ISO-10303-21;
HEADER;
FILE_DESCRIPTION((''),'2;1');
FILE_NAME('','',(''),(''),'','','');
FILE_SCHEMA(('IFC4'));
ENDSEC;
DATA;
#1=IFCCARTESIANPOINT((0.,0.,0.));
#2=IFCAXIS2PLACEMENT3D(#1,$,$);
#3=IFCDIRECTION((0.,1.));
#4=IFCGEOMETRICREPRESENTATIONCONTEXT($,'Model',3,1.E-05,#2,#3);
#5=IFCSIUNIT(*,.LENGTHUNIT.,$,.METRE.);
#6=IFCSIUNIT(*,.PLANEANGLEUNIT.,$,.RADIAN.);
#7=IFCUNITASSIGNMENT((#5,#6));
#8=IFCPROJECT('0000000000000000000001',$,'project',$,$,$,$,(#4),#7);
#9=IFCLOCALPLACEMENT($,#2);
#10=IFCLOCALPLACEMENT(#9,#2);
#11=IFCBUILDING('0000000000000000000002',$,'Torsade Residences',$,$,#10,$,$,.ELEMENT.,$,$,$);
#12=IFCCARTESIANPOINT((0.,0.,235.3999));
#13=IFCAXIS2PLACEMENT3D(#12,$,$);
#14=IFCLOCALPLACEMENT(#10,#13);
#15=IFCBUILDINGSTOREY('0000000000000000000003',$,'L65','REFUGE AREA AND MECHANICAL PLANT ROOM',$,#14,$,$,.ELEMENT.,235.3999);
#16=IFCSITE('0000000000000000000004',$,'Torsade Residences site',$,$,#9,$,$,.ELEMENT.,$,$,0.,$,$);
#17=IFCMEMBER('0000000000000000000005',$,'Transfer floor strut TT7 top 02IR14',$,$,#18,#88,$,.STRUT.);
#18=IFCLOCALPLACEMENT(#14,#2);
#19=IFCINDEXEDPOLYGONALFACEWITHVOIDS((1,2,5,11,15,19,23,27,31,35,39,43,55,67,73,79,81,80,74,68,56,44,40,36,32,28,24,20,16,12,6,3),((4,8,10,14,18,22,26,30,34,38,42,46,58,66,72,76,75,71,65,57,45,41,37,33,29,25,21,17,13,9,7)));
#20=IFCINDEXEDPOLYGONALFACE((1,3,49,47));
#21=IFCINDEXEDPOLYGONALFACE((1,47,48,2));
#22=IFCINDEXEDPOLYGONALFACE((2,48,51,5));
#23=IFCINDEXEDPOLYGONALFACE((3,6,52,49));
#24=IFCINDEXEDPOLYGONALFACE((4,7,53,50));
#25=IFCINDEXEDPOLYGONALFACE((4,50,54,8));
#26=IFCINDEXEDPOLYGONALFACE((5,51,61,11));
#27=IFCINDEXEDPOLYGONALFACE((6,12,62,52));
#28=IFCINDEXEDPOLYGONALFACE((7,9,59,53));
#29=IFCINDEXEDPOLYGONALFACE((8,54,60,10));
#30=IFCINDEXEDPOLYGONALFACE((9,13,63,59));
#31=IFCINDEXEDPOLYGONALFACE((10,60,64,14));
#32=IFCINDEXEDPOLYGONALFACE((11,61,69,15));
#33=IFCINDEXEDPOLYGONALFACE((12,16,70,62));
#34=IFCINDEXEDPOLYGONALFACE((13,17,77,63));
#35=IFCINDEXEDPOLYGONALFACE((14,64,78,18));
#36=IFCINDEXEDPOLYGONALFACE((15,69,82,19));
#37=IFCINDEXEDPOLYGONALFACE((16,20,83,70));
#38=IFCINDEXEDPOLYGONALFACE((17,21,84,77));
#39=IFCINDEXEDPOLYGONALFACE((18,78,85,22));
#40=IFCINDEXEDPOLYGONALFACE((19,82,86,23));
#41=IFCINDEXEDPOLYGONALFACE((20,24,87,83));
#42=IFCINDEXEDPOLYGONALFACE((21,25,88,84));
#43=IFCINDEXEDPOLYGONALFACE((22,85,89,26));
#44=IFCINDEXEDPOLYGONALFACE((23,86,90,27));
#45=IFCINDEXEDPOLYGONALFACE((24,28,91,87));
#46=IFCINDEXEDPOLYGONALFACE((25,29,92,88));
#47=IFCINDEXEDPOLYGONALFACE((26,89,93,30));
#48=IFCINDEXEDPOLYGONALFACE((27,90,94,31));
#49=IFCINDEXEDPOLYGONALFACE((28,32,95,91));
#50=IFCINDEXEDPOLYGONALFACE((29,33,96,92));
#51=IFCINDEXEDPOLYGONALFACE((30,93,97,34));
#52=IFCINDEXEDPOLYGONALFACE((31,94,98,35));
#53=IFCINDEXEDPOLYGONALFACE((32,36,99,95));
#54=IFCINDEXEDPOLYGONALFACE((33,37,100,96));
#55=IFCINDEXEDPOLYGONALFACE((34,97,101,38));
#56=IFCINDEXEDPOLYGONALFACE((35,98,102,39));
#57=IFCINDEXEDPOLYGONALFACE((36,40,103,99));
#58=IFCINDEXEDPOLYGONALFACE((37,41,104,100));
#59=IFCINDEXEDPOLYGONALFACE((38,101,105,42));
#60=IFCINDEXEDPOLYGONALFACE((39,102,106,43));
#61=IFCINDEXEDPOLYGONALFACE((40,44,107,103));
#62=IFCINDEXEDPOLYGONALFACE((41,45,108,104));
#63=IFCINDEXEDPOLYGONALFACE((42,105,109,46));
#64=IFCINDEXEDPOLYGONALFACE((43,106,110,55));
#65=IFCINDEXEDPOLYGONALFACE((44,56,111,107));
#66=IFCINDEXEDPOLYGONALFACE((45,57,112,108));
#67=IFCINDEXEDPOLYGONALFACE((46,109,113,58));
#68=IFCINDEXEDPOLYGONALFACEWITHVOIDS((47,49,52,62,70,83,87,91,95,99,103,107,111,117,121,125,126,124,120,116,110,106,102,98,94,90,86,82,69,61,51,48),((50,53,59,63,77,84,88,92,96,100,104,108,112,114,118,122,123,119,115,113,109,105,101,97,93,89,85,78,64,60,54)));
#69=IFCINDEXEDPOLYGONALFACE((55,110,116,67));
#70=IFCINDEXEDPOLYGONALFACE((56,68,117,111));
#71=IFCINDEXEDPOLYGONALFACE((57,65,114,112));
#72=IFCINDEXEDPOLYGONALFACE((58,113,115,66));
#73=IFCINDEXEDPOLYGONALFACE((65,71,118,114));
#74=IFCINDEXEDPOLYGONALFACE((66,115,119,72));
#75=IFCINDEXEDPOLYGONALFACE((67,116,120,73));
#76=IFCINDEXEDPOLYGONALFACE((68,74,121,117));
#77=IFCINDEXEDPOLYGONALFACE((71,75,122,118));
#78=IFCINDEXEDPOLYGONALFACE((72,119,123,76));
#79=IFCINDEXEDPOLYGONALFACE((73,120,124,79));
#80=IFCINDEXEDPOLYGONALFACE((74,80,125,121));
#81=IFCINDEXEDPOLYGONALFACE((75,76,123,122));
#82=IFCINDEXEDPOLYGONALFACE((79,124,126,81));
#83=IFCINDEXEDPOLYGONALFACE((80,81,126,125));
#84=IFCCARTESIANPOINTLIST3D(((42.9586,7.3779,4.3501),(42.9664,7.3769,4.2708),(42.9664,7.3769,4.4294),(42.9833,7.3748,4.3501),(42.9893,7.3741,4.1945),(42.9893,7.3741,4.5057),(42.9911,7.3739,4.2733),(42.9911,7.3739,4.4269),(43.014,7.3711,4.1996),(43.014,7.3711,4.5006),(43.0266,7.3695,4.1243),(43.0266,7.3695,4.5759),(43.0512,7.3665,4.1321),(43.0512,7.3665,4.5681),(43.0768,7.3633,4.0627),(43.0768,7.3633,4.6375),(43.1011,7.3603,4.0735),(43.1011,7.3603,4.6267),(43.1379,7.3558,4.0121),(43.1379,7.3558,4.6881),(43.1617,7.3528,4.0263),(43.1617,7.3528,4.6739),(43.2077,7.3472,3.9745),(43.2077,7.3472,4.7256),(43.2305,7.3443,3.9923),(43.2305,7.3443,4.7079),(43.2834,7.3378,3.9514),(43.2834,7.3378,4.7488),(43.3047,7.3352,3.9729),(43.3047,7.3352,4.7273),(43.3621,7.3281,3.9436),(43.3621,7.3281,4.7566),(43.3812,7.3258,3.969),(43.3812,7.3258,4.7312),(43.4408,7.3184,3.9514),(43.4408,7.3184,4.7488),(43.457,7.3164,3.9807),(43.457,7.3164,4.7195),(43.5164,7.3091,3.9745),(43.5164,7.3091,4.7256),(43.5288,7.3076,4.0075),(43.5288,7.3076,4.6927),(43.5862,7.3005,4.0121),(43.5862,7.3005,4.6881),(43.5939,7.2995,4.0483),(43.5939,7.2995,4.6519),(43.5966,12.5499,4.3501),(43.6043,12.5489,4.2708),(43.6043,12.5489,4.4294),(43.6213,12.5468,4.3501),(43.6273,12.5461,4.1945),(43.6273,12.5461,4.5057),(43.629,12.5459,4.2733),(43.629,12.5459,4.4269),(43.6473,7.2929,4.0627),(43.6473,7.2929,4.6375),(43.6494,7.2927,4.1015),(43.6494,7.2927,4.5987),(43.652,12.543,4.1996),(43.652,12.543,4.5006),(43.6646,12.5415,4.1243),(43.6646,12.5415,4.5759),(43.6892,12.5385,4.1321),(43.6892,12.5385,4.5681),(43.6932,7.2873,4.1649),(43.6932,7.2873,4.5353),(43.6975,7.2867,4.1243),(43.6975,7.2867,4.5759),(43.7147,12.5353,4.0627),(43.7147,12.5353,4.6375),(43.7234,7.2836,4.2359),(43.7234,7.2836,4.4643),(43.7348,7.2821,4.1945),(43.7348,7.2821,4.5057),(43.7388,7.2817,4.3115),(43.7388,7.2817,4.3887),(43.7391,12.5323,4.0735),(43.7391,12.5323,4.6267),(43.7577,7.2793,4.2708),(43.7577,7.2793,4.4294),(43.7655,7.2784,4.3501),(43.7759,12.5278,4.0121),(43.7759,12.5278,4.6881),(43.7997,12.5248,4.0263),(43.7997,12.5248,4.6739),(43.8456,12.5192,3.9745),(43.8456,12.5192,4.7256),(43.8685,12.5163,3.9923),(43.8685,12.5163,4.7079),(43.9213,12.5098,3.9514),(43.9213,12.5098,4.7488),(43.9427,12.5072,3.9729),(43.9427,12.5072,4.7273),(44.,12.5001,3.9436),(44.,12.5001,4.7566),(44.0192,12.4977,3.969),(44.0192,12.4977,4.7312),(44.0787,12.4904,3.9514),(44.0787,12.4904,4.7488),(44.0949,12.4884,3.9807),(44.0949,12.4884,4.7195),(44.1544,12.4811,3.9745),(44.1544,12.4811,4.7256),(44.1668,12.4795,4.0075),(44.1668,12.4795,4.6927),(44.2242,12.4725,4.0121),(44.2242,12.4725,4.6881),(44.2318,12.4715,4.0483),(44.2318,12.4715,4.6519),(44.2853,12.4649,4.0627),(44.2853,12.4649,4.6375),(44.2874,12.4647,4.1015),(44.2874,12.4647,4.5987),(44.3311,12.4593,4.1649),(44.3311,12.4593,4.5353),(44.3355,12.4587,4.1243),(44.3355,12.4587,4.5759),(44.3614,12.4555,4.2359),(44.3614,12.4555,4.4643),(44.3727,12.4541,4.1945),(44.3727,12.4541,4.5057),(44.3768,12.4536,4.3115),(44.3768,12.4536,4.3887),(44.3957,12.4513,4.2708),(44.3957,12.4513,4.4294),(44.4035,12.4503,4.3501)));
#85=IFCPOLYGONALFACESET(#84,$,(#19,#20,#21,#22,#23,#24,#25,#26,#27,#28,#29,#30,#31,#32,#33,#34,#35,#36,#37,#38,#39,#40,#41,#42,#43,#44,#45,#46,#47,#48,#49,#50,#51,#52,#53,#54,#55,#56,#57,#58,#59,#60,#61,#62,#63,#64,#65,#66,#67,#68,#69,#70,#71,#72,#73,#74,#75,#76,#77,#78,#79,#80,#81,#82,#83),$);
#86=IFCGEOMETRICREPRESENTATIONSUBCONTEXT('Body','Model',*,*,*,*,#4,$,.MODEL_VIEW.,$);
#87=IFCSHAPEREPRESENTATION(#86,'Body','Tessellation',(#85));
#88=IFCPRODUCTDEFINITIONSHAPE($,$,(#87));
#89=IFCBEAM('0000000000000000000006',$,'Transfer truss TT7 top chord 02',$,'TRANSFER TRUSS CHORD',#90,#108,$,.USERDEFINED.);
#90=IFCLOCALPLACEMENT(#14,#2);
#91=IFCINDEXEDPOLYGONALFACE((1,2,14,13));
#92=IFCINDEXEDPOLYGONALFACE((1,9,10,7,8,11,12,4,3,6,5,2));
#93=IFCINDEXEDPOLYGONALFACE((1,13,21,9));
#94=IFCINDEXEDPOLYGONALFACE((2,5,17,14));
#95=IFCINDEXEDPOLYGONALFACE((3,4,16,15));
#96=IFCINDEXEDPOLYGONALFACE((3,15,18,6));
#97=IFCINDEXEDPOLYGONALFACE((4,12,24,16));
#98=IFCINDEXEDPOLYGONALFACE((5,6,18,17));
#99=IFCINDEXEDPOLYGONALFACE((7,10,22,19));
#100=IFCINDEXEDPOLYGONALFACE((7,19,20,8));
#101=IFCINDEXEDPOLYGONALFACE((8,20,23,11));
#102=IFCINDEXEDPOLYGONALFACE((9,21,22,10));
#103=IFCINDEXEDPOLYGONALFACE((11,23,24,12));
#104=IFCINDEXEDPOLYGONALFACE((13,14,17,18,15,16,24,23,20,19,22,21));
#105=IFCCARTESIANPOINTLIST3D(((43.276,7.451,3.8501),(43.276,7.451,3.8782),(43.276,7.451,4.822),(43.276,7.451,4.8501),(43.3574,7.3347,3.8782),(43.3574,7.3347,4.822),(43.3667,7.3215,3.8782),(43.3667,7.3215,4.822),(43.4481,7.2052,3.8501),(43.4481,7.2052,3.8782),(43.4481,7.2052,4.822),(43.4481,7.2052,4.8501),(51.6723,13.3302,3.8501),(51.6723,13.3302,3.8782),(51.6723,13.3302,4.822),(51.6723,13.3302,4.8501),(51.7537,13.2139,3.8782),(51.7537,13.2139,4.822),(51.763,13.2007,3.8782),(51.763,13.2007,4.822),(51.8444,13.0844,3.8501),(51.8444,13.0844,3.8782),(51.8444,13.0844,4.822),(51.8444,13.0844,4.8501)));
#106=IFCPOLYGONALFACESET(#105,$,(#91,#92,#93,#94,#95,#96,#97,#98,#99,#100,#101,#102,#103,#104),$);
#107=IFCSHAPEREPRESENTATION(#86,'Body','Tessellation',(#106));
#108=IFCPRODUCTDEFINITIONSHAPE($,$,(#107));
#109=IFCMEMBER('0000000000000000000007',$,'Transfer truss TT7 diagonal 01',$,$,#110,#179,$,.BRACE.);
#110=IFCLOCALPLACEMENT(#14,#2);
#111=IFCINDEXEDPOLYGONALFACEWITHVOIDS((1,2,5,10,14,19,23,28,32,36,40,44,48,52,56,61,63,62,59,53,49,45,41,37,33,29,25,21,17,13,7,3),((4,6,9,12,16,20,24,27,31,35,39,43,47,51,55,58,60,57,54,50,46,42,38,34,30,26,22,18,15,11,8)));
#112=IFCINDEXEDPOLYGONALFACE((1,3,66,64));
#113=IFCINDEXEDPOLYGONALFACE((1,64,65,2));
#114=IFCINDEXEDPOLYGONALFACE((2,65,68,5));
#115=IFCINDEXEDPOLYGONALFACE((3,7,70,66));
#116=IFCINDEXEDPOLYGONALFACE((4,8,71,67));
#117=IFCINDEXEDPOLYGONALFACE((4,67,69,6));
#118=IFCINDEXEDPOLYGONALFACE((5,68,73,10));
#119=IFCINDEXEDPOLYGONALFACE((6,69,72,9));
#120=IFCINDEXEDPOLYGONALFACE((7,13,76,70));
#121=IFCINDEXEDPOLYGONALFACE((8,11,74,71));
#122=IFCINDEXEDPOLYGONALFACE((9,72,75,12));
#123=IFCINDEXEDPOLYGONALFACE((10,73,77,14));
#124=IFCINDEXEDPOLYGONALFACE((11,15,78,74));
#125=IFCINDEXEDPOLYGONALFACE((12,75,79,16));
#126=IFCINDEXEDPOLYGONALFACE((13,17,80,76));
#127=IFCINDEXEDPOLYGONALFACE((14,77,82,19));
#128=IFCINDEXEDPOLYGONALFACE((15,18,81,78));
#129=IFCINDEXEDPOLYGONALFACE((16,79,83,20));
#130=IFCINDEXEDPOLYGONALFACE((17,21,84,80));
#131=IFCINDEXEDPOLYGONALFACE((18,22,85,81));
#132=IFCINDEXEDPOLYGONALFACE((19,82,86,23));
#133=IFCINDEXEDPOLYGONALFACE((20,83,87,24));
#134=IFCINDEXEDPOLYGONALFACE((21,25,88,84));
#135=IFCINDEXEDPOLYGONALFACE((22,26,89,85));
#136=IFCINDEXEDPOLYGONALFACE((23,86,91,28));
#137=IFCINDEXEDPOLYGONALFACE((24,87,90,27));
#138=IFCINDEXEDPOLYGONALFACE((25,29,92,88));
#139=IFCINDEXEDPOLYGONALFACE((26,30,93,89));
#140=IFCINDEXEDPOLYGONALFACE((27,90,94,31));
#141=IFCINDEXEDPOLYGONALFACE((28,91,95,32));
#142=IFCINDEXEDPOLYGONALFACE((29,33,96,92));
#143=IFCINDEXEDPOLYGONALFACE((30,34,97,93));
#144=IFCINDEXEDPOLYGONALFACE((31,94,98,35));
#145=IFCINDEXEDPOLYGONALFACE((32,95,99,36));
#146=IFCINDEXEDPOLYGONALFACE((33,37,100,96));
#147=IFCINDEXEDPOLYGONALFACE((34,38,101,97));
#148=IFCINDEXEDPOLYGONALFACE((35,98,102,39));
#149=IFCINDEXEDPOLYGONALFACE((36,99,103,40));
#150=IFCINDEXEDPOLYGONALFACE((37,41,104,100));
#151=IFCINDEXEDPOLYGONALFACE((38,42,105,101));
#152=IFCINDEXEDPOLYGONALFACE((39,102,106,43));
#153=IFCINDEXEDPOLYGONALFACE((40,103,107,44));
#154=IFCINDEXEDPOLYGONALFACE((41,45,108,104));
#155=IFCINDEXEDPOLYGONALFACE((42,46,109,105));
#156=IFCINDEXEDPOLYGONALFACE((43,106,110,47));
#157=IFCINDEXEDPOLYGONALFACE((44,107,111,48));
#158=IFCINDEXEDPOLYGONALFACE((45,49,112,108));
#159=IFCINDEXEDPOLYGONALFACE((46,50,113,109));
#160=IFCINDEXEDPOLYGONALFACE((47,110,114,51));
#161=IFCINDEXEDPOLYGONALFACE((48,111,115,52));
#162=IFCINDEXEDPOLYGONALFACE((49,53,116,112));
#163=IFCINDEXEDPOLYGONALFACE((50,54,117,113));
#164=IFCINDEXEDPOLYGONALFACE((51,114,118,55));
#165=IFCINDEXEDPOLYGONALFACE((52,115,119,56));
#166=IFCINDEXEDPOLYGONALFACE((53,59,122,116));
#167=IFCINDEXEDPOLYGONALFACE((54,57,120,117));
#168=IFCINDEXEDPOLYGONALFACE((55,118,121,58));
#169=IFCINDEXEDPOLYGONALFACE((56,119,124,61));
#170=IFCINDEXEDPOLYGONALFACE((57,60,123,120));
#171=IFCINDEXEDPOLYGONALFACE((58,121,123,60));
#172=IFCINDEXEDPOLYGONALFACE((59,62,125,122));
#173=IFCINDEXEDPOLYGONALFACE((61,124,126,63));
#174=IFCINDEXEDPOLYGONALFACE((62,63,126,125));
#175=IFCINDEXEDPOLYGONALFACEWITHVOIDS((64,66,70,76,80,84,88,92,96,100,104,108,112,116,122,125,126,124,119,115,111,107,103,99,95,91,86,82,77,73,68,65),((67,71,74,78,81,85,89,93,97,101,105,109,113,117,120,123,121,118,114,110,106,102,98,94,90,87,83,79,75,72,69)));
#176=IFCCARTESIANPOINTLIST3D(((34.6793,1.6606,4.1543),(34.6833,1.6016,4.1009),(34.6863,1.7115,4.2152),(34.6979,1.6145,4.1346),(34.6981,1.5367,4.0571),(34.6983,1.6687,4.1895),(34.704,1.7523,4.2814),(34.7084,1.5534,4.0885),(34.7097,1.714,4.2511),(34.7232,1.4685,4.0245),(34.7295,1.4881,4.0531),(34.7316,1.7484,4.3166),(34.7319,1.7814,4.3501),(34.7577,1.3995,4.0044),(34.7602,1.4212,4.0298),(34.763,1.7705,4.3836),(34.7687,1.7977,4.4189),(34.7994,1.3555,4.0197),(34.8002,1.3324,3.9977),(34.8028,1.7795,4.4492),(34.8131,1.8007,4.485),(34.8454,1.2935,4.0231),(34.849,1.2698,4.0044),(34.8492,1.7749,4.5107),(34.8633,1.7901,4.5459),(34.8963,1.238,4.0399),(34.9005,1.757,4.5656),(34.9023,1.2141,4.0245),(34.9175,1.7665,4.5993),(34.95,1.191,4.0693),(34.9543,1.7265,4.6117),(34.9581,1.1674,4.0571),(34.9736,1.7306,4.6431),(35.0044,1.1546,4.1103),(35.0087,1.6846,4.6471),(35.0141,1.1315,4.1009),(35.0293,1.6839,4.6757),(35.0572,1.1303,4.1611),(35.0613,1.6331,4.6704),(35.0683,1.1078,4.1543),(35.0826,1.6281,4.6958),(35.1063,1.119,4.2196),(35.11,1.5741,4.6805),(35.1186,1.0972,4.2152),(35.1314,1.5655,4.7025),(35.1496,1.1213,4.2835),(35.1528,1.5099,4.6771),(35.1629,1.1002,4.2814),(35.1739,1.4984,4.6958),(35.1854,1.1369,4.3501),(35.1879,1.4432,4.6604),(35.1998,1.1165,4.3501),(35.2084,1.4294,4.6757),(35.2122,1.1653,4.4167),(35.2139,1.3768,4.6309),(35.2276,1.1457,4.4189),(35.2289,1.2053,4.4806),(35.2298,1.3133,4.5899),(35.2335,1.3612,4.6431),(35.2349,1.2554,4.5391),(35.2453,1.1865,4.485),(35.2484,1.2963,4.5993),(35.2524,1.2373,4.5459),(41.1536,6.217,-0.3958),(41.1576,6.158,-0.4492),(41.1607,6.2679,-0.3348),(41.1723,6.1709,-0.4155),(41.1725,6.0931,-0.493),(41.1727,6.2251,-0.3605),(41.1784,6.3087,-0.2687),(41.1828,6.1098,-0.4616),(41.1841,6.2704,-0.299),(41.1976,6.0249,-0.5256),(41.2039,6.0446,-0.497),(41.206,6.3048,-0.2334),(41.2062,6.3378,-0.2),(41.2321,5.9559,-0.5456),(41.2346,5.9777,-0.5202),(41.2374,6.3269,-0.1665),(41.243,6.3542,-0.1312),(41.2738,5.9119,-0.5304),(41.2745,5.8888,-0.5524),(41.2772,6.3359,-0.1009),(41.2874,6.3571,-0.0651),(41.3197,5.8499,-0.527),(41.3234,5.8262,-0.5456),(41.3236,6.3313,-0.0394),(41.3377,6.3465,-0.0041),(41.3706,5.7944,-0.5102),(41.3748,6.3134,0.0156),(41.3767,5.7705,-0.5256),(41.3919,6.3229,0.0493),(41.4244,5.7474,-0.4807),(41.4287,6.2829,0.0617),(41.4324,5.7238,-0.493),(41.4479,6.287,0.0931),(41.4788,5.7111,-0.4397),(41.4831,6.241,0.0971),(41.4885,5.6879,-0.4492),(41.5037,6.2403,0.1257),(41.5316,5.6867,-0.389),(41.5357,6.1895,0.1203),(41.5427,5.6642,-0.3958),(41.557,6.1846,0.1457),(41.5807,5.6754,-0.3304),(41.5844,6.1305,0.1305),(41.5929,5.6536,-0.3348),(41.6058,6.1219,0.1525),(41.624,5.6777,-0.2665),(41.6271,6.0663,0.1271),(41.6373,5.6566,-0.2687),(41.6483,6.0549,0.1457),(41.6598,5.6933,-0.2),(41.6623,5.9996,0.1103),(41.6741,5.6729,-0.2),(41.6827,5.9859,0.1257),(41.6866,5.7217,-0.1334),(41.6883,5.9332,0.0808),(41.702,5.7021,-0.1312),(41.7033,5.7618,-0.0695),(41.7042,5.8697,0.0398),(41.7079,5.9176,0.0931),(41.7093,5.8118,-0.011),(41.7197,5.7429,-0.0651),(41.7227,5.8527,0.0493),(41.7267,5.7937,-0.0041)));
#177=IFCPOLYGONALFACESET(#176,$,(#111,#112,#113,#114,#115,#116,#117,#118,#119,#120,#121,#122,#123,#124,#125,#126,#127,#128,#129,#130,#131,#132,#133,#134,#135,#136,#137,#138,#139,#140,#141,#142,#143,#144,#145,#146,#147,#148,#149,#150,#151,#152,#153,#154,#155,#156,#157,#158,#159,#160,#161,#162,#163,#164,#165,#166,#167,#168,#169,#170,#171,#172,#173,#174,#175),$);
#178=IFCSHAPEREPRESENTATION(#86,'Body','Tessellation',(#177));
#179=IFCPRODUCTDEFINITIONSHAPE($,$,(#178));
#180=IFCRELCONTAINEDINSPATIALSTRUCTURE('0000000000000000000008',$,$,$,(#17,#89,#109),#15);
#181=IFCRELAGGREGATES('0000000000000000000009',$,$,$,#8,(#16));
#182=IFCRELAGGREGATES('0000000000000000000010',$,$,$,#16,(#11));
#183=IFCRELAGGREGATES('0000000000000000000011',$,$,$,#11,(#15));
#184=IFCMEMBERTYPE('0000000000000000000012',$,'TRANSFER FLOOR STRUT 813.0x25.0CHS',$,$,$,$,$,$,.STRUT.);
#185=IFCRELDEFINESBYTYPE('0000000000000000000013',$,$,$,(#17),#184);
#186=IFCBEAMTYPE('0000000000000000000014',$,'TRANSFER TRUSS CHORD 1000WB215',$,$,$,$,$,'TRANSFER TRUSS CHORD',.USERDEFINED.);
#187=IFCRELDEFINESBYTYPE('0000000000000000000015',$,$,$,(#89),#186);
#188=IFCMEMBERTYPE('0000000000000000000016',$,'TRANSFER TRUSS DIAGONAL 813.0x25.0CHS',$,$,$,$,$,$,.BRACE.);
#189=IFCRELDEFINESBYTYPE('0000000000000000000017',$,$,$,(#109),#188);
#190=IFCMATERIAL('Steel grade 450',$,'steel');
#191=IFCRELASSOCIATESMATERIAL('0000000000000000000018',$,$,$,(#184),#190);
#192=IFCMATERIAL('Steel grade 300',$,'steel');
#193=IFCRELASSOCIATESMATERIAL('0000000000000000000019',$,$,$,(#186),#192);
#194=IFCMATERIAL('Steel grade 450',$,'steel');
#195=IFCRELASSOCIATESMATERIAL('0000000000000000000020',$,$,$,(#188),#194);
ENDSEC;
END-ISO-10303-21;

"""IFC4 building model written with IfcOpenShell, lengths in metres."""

from ifc_helpers import new_model, si_unit, direction, frame, origin, origin_2d, place, context, subcontext, project, spatial, hollow_circle, i_section, extrude, material, material_profile, profile_set, type_object, element, save


model = new_model("IFC4")

# Units and contexts
model_context = context("Model", 3, precision=1e-05, world=origin(), true_north=direction((0.0, 1.0)))
body_context = subcontext(model_context, "Body", "Model", "MODEL_VIEW")
ifc_project = project(units=[si_unit("LENGTHUNIT", "METRE"), si_unit("PLANEANGLEUNIT", "RADIAN")], contexts=[model_context])

# Site, building, storey
site_placement = place(None, origin())
site = spatial("IfcSite", under=ifc_project, at=site_placement, Name="Torsade Residences site", CompositionType="ELEMENT", RefElevation=0.0)
building_placement = place(site_placement, origin())
building = spatial("IfcBuilding", under=site, at=building_placement, Name="Torsade Residences", CompositionType="ELEMENT")
storey_placement = place(building_placement, frame((0.0, 0.0, 235.3999)))
storey = spatial("IfcBuildingStorey", under=building, at=storey_placement, Name="L65", Description="REFUGE AREA AND MECHANICAL PLANT ROOM", CompositionType="ELEMENT", Elevation=235.3999)

# Member
ifc_material_1 = material(Name="Steel grade 450", Category="steel")
ifc_material_profile_1 = material_profile(ifc_material_1, hollow_circle(Radius=0.4065, WallThickness=0.0249, at=origin_2d()), Name="813.0x25.0CHS")
ifc_profile_set_1 = profile_set([ifc_material_profile_1], Name="Steel grade 450")
member_type_1 = type_object("IfcMemberType", Name="TRANSFER FLOOR STRUT 813.0x25.0CHS", PredefinedType="STRUT", material=ifc_profile_set_1)
member_1_placement = place(storey_placement, frame((43.3621, 7.3281, 4.3501), z_axis=(0.12242, 0.992478, 0.0), x_axis=(-0.992478, 0.12242, 0.0)))
element("IfcMember", 1, at=member_1_placement, inside=storey, type_object=member_type_1, Name="Transfer floor strut TT7 top 02IR14", PredefinedType="STRUT", context=body_context, shape_type="SweptSolid", body=[
    extrude(hollow_circle(Radius=0.4065, WallThickness=0.0249, at=origin_2d()), origin(), (0.0, 0.0, 1.0), 5.2112),
])

# Beam
ifc_material_2 = material(Name="Steel grade 300", Category="steel")
ifc_material_profile_2 = material_profile(ifc_material_2, i_section(OverallWidth=0.3, OverallDepth=1.0, WebThickness=0.0161, FlangeThickness=0.0281, at=origin_2d()), Name="1000WB215")
ifc_profile_set_2 = profile_set([ifc_material_profile_2], Name="Steel grade 300")
beam_type_1 = type_object("IfcBeamType", Name="TRANSFER TRUSS CHORD 1000WB215", ElementType="TRANSFER TRUSS CHORD", PredefinedType="USERDEFINED", material=ifc_profile_set_2)
beam_1_placement = place(storey_placement, frame((43.3621, 7.3281, 4.3501), z_axis=(0.81915, 0.573579, 0.0), x_axis=(-0.573579, 0.81915, 0.0)))
element("IfcBeam", 2, at=beam_1_placement, inside=storey, type_object=beam_type_1, Name="Transfer truss TT7 top chord 02", ObjectType="TRANSFER TRUSS CHORD", PredefinedType="USERDEFINED", context=body_context, shape_type="SweptSolid", body=[
    extrude(i_section(OverallWidth=0.3, OverallDepth=1.0, WebThickness=0.0161, FlangeThickness=0.0281, at=origin_2d()), origin(), (0.0, 0.0, 1.0), 10.25),
])

# Member
ifc_material_3 = material(Name="Steel grade 450", Category="steel")
ifc_material_profile_3 = material_profile(ifc_material_3, hollow_circle(Radius=0.4065, WallThickness=0.0249, at=origin_2d()), Name="813.0x25.0CHS")
ifc_profile_set_3 = profile_set([ifc_material_profile_3], Name="Steel grade 450")
member_type_2 = type_object("IfcMemberType", Name="TRANSFER TRUSS DIAGONAL 813.0x25.0CHS", PredefinedType="BRACE", material=ifc_profile_set_3)
member_2_placement = place(storey_placement, frame((41.4402, 6.0054, -0.2), z_axis=(-0.709028, -0.498985, 0.49829), x_axis=(0.575524, -0.817785, 0.0)))
element("IfcMember", 3, at=member_2_placement, inside=storey, type_object=member_type_2, Name="Transfer truss TT7 diagonal 01", PredefinedType="BRACE", context=body_context, shape_type="SweptSolid", body=[
    extrude(hollow_circle(Radius=0.4065, WallThickness=0.0249, at=origin_2d()), origin(), (0.0, 0.0, 1.0), 9.1313),
])

save(model, "model.ifc")
